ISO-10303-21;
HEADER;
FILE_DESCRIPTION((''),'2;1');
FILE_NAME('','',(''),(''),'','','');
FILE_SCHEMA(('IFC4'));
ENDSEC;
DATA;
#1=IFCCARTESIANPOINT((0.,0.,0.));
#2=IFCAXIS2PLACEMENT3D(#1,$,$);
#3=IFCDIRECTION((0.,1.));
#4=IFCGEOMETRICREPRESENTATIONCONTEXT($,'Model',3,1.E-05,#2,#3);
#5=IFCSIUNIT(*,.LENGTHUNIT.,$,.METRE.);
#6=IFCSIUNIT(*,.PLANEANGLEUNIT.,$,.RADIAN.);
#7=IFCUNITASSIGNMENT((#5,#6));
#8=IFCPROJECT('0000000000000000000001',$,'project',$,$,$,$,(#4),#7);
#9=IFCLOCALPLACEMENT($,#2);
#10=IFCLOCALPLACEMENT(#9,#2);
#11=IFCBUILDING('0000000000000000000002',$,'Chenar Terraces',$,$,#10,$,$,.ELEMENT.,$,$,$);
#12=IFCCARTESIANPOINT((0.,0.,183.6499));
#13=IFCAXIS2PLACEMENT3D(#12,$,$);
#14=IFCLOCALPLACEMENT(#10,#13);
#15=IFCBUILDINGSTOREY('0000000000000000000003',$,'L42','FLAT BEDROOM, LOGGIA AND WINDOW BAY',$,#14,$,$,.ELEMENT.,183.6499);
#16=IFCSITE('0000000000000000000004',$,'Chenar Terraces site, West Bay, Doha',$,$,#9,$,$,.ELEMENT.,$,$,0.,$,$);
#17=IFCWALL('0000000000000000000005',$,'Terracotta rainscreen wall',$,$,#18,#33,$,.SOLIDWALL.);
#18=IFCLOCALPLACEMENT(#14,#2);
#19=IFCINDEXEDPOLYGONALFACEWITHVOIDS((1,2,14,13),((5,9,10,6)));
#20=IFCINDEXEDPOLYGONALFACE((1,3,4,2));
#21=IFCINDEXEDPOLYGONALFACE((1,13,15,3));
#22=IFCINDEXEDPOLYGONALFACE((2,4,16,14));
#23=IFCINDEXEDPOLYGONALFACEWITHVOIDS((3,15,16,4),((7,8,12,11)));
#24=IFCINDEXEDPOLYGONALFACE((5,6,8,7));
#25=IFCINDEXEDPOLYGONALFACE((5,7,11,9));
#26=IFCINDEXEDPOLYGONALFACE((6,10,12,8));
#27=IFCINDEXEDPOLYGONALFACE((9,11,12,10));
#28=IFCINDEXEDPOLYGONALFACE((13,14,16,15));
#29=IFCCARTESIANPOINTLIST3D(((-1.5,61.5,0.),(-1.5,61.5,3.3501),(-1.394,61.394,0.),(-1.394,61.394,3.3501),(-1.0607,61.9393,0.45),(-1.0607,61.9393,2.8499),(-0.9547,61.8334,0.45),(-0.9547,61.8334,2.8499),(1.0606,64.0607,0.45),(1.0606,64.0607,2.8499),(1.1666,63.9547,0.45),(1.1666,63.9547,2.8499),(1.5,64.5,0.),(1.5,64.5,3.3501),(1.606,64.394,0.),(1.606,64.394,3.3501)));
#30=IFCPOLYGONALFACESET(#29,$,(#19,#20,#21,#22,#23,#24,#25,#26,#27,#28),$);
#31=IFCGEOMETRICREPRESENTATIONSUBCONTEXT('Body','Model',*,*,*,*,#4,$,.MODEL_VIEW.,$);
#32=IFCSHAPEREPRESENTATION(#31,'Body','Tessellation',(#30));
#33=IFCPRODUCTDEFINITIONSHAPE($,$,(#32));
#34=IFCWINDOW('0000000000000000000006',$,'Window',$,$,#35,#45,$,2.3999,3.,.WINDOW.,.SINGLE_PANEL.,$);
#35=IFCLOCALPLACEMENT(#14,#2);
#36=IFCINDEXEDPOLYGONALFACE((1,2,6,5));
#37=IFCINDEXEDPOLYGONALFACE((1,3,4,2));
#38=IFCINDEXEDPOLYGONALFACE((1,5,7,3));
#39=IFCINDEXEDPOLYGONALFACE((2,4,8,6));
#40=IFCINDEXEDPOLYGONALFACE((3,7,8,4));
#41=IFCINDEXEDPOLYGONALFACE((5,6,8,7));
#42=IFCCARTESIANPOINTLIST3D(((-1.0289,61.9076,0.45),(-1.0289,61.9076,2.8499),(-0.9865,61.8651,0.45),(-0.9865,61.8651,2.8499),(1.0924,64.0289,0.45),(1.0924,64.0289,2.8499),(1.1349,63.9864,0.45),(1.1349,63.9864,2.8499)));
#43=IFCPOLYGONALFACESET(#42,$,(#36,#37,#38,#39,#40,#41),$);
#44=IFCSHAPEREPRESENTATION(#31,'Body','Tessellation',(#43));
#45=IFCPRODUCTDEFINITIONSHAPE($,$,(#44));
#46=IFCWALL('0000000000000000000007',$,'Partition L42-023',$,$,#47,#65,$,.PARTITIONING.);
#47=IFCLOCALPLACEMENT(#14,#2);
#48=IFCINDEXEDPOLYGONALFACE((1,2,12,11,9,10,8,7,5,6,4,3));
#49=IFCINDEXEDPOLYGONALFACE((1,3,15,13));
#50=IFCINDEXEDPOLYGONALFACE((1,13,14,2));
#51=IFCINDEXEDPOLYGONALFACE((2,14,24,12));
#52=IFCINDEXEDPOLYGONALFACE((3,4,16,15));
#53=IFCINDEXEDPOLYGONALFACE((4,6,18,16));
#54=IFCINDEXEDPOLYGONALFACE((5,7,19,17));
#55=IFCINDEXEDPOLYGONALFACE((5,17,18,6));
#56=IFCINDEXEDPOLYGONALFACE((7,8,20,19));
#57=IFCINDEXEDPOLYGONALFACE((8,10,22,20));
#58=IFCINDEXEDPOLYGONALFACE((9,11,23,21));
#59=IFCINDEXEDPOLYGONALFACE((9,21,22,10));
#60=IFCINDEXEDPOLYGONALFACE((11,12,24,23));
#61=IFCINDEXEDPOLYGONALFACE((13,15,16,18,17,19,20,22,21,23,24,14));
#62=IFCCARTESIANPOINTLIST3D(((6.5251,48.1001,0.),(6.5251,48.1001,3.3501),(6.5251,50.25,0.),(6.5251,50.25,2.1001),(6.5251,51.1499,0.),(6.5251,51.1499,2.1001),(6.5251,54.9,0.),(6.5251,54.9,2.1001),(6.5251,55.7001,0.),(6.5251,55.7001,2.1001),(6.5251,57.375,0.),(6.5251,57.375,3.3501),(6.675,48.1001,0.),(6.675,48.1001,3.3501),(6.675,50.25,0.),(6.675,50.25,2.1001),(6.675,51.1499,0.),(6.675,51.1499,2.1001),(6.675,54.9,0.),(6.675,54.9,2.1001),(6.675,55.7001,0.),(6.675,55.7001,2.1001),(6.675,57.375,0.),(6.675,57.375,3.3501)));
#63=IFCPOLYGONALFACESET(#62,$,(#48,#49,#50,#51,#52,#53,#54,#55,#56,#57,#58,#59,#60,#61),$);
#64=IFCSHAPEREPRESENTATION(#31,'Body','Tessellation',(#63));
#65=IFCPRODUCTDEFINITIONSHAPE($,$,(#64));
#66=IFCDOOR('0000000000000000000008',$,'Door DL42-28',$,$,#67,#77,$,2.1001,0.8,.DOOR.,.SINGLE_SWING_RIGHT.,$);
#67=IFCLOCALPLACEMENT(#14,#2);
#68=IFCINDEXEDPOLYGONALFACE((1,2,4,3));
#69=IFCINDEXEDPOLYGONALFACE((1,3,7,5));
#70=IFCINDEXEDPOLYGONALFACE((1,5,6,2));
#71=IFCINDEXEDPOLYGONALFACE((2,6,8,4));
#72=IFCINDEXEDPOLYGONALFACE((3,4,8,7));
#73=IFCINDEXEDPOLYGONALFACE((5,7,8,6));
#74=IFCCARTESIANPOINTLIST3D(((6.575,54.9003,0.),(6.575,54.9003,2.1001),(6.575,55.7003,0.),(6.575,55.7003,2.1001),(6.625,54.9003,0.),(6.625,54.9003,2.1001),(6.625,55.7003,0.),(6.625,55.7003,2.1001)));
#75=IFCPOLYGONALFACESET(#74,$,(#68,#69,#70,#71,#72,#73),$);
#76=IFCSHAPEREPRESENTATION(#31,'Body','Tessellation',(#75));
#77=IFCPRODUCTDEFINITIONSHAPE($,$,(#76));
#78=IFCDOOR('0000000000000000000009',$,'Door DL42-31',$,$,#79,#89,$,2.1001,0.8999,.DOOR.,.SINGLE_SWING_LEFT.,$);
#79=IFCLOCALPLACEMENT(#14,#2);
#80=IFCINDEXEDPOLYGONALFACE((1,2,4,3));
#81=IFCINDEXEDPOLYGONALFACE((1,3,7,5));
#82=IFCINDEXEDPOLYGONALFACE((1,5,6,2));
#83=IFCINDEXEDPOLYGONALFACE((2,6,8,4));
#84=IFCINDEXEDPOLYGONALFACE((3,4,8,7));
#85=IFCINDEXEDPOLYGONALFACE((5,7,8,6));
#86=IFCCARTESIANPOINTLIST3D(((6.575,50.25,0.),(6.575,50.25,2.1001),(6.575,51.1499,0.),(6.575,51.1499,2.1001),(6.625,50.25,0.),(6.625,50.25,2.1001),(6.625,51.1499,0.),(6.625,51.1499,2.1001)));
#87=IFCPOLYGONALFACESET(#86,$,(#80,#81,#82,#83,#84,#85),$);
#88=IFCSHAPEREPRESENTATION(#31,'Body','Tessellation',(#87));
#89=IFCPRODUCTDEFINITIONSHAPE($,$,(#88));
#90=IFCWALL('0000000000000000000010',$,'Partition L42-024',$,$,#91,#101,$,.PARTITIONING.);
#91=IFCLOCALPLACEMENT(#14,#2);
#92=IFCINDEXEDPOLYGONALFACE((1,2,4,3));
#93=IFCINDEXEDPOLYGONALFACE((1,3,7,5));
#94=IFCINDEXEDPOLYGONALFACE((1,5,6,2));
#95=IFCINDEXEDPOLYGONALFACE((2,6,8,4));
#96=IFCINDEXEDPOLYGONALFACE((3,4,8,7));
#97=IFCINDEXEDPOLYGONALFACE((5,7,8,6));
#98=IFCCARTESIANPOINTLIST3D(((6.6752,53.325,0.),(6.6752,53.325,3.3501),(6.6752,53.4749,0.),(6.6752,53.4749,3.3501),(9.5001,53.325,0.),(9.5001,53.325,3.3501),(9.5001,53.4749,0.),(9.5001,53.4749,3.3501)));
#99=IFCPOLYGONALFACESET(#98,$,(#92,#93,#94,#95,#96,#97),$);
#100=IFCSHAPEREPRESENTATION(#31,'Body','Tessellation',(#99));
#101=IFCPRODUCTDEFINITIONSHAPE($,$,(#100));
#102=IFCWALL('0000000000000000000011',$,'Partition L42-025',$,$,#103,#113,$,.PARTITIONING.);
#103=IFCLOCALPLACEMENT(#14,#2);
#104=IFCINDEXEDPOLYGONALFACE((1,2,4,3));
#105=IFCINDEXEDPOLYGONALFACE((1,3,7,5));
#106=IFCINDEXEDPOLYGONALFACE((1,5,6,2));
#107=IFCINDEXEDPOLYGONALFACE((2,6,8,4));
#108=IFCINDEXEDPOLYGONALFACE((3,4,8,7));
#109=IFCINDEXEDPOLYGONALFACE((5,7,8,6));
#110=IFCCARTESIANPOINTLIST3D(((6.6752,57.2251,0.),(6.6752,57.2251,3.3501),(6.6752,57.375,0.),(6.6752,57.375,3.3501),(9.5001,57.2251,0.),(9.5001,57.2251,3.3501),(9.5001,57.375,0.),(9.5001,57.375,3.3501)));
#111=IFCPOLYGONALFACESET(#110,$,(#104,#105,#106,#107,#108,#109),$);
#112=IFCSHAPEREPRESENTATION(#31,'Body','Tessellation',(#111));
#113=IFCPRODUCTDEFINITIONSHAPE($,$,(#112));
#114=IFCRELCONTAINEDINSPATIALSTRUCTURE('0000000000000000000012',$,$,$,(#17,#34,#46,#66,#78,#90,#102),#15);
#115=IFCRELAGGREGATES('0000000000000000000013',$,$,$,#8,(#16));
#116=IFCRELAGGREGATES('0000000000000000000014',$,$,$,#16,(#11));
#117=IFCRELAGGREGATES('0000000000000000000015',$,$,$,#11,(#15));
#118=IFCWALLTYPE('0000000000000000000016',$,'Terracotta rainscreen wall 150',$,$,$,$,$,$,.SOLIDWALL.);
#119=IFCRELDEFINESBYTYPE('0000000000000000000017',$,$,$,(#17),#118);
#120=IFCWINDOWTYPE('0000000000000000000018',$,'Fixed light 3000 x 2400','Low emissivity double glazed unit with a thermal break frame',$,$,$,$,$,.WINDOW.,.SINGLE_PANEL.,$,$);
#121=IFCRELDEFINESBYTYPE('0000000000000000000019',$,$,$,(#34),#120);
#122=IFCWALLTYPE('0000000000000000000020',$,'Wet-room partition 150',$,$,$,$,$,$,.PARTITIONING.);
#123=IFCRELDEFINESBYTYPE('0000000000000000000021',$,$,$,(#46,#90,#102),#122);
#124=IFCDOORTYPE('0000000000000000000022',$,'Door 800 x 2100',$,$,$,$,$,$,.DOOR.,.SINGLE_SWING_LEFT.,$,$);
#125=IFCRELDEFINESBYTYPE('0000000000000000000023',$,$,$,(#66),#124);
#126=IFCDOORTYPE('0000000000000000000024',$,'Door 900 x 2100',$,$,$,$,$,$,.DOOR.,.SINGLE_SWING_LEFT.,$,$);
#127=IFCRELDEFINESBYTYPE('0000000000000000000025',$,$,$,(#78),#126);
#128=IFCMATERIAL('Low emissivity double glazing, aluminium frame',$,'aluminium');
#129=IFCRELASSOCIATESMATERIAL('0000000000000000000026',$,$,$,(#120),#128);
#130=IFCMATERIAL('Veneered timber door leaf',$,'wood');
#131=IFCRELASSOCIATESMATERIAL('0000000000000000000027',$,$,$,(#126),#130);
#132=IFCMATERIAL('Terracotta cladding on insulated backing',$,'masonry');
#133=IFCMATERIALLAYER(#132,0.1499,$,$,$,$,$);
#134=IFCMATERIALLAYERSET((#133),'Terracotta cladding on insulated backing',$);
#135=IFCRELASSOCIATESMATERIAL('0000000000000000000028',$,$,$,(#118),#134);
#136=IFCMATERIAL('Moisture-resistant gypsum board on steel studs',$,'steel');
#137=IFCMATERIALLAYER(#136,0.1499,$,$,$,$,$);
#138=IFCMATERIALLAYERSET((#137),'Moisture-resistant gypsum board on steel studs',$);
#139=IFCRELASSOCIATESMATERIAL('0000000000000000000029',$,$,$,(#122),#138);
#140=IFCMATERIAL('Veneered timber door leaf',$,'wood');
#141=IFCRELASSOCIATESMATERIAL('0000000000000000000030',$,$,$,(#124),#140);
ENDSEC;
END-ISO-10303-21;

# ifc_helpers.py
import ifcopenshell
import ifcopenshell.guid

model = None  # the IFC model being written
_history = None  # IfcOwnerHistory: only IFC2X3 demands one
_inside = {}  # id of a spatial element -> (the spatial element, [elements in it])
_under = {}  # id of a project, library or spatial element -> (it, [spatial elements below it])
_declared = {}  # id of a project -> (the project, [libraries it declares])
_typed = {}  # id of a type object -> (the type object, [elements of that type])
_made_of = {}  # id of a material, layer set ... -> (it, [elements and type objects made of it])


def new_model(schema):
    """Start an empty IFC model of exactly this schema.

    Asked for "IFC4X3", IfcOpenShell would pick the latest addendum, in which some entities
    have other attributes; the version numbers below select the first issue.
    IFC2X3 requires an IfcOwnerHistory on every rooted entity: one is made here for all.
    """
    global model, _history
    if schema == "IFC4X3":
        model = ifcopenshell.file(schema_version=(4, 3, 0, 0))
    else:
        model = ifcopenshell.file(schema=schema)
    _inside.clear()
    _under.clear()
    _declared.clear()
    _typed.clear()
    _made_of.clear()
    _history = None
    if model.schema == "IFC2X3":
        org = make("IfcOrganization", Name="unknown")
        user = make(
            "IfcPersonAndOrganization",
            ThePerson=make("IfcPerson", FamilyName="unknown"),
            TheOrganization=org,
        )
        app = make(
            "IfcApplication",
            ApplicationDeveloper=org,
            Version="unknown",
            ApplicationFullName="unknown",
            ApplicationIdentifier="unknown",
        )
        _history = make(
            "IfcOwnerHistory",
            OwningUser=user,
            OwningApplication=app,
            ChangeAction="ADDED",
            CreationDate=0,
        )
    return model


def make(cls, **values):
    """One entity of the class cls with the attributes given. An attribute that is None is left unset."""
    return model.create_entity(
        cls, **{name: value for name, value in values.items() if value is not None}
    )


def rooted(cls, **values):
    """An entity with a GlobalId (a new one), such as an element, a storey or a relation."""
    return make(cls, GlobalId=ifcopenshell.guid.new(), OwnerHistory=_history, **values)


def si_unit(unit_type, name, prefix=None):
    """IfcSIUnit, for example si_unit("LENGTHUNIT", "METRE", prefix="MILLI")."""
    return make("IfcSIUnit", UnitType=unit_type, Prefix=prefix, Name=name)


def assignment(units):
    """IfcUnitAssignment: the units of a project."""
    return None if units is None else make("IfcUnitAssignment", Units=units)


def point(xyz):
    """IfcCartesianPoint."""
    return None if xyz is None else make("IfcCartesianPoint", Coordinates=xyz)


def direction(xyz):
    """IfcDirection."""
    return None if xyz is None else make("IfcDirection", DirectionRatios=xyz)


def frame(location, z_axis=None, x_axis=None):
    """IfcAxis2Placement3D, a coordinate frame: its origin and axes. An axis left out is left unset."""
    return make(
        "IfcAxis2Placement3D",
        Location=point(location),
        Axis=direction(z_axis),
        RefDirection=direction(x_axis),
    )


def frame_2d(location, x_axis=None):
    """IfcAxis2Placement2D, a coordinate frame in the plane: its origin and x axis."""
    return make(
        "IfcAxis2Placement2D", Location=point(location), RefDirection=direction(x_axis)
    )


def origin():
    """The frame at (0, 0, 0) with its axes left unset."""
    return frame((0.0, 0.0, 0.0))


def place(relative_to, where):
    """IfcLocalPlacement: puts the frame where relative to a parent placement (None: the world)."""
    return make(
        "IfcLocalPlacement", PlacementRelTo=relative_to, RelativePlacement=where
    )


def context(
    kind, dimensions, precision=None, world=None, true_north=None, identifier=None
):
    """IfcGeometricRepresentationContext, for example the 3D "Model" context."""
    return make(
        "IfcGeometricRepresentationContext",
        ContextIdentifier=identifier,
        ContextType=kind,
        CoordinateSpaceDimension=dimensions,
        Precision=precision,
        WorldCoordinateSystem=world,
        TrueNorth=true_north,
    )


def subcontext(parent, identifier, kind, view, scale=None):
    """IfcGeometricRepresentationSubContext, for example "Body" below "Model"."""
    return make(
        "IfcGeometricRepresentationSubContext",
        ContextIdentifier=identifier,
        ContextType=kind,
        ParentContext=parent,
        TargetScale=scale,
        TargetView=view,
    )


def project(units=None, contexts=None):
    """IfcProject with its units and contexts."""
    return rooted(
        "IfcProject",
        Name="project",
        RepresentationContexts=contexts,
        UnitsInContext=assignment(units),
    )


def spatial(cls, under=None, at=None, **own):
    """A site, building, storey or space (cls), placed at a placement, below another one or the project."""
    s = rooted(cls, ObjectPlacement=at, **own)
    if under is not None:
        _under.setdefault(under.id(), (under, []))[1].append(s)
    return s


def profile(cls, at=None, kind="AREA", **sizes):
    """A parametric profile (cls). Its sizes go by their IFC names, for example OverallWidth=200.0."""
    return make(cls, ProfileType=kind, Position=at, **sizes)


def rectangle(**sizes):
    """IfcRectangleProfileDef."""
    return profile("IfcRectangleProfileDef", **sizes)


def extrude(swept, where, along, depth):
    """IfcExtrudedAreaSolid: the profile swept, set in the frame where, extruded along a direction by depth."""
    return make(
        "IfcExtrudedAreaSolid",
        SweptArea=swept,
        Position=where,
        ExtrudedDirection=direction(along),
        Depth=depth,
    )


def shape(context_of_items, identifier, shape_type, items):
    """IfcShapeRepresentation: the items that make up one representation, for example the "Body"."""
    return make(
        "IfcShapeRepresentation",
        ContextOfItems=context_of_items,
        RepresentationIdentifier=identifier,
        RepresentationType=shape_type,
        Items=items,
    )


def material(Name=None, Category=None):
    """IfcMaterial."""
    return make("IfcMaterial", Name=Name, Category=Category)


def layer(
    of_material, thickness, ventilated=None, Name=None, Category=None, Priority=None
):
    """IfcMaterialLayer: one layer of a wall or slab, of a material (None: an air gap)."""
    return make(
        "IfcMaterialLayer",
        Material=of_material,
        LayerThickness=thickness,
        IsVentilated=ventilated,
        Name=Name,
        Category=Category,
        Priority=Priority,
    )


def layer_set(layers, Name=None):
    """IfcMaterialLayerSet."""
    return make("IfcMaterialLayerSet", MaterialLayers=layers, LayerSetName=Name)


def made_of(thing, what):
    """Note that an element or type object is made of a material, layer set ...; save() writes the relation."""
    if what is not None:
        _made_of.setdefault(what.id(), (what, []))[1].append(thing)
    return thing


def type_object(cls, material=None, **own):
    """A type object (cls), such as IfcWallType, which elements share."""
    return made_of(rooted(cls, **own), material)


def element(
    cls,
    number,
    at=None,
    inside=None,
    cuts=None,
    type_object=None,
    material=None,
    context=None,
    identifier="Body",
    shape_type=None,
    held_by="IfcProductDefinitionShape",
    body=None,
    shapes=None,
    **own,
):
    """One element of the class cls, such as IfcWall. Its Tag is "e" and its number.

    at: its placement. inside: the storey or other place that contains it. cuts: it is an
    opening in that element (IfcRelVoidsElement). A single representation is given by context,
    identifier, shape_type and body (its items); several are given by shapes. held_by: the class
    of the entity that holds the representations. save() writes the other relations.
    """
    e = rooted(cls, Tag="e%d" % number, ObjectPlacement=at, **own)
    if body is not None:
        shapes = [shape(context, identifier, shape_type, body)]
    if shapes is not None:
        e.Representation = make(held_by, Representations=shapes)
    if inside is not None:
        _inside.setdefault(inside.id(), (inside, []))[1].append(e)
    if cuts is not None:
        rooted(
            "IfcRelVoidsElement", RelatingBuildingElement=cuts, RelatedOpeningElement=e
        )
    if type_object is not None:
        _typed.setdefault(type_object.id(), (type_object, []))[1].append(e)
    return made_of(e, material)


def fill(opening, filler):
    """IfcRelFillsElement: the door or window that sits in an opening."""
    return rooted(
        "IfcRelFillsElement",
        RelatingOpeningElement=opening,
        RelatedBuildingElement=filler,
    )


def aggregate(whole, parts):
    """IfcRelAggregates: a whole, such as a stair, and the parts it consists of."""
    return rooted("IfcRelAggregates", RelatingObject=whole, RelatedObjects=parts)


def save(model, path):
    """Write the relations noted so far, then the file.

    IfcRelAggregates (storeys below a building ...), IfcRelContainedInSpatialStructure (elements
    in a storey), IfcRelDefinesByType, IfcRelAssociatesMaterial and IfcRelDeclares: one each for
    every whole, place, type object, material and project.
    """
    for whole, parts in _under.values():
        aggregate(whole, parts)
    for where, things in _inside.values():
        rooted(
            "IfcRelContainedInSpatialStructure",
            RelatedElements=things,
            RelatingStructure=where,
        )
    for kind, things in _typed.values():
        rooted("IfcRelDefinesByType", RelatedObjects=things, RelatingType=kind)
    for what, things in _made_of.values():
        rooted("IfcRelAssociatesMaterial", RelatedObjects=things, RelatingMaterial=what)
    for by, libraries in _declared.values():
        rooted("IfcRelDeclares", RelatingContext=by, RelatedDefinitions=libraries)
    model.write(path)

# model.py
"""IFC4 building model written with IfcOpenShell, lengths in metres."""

from ifc_helpers import new_model, si_unit, direction, frame, frame_2d, origin, place, context, subcontext, project, spatial, rectangle, extrude, material, layer, layer_set, type_object, element, fill, save


model = new_model("IFC4")

# Units and contexts
model_context = context("Model", 3, precision=1e-05, world=origin(), true_north=direction((0.0, 1.0)))
body_context = subcontext(model_context, "Body", "Model", "MODEL_VIEW")
ifc_project = project(units=[si_unit("LENGTHUNIT", "METRE"), si_unit("PLANEANGLEUNIT", "RADIAN")], contexts=[model_context])

# Site, building, storey
site_placement = place(None, origin())
site = spatial("IfcSite", under=ifc_project, at=site_placement, Name="Chenar Terraces site, West Bay, Doha", CompositionType="ELEMENT", RefElevation=0.0)
building_placement = place(site_placement, origin())
building = spatial("IfcBuilding", under=site, at=building_placement, Name="Chenar Terraces", CompositionType="ELEMENT")
storey_placement = place(building_placement, frame((0.0, 0.0, 183.6499)))
storey = spatial("IfcBuildingStorey", under=building, at=storey_placement, Name="L42", Description="FLAT BEDROOM, LOGGIA AND WINDOW BAY", CompositionType="ELEMENT", Elevation=183.6499)

# Shared definitions
ifc_material_1 = material(Name="Low emissivity double glazing, aluminium frame", Category="aluminium")
window_type_1 = type_object("IfcWindowType", Name="Fixed light 3000 x 2400", Description="Low emissivity double glazed unit with a thermal break frame", PartitioningType="SINGLE_PANEL", PredefinedType="WINDOW", material=ifc_material_1)

# Shared definitions
ifc_material_2 = material(Name="Veneered timber door leaf", Category="wood")
door_type_1 = type_object("IfcDoorType", Name="Door 900 x 2100", OperationType="SINGLE_SWING_LEFT", PredefinedType="DOOR", material=ifc_material_2)

# Wall, opening, window
ifc_material_3 = material(Name="Terracotta cladding on insulated backing", Category="masonry")
ifc_layer_1 = layer(ifc_material_3, 0.1499)
ifc_layer_set_1 = layer_set([ifc_layer_1], Name="Terracotta cladding on insulated backing")
wall_type_1 = type_object("IfcWallType", Name="Terracotta rainscreen wall 150", PredefinedType="SOLIDWALL", material=ifc_layer_set_1)
wall_1_placement = place(storey_placement, frame((1.553, 64.447, 0.0), z_axis=(0.0, 0.0, 1.0), x_axis=(-0.707107, -0.707107, 0.0)))
wall_1 = element("IfcWall", 1, at=wall_1_placement, inside=storey, type_object=wall_type_1, Name="Terracotta rainscreen wall", PredefinedType="SOLIDWALL", context=body_context, shape_type="SweptSolid", body=[
    extrude(rectangle(XDim=4.2427, YDim=0.1499, at=frame_2d((2.1213, 0.0))), origin(), (0.0, 0.0, 1.0), 3.3501),
])
opening_1_placement = place(wall_1_placement, frame((0.6213, 0.0, 0.45)))
opening_1 = element("IfcOpeningElement", 2, at=opening_1_placement, cuts=wall_1, PredefinedType="OPENING", context=body_context, shape_type="SweptSolid", body=[
    extrude(rectangle(XDim=3.0, YDim=2.3999, at=frame_2d((1.5, 1.2))), frame((0.0, 0.085, 0.0), z_axis=(0.0, -1.0, 0.0), x_axis=(1.0, 0.0, 0.0)), (0.0, 0.0, 1.0), 0.1699),
])
window_1_placement = place(opening_1_placement, origin())
window_1 = element("IfcWindow", 3, at=window_1_placement, inside=storey, type_object=window_type_1, Name="Window", OverallHeight=2.3999, OverallWidth=3.0, PartitioningType="SINGLE_PANEL", PredefinedType="WINDOW", context=body_context, shape_type="SweptSolid", body=[
    extrude(rectangle(XDim=3.0, YDim=2.3999, at=frame_2d((1.5, 1.2))), frame((0.0, 0.03, 0.0), z_axis=(0.0, -1.0, 0.0), x_axis=(1.0, 0.0, 0.0)), (0.0, 0.0, 1.0), 0.0601),
])
fill(opening_1, window_1)

# Wall, openings, doors
ifc_material_4 = material(Name="Moisture-resistant gypsum board on steel studs", Category="steel")
ifc_layer_2 = layer(ifc_material_4, 0.1499)
ifc_layer_set_2 = layer_set([ifc_layer_2], Name="Moisture-resistant gypsum board on steel studs")
wall_type_2 = type_object("IfcWallType", Name="Wet-room partition 150", PredefinedType="PARTITIONING", material=ifc_layer_set_2)
wall_2_placement = place(storey_placement, frame((6.6001, 48.1001, 0.0), z_axis=(0.0, 0.0, 1.0), x_axis=(0.0, 1.0, 0.0)))
wall_2 = element("IfcWall", 4, at=wall_2_placement, inside=storey, type_object=wall_type_2, Name="Partition L42-023", PredefinedType="PARTITIONING", context=body_context, shape_type="SweptSolid", body=[
    extrude(rectangle(XDim=9.2749, YDim=0.1499, at=frame_2d((4.6375, 0.0))), origin(), (0.0, 0.0, 1.0), 3.3501),
])
opening_2_placement = place(wall_2_placement, frame((6.8, 0.0, 0.0)))
opening_2 = element("IfcOpeningElement", 5, at=opening_2_placement, cuts=wall_2, PredefinedType="OPENING", context=body_context, shape_type="SweptSolid", body=[
    extrude(rectangle(XDim=0.8, YDim=2.1001, at=frame_2d((0.3999, 1.05))), frame((0.0, 0.085, 0.0), z_axis=(0.0, -1.0, 0.0), x_axis=(1.0, 0.0, 0.0)), (0.0, 0.0, 1.0), 0.1699),
])
opening_3_placement = place(wall_2_placement, frame((2.1499, 0.0, 0.0)))
opening_3 = element("IfcOpeningElement", 6, at=opening_3_placement, cuts=wall_2, PredefinedType="OPENING", context=body_context, shape_type="SweptSolid", body=[
    extrude(rectangle(XDim=0.8999, YDim=2.1001, at=frame_2d((0.45, 1.05))), frame((0.0, 0.085, 0.0), z_axis=(0.0, -1.0, 0.0), x_axis=(1.0, 0.0, 0.0)), (0.0, 0.0, 1.0), 0.1699),
])
ifc_material_5 = material(Name="Veneered timber door leaf", Category="wood")
door_type_2 = type_object("IfcDoorType", Name="Door 800 x 2100", OperationType="SINGLE_SWING_LEFT", PredefinedType="DOOR", material=ifc_material_5)
door_1_placement = place(opening_2_placement, frame((0.8, 0.0, 0.0), z_axis=(0.0, 0.0, 1.0), x_axis=(-1.0, 0.0, 0.0)))
door_1 = element("IfcDoor", 7, at=door_1_placement, inside=storey, type_object=door_type_2, Name="Door DL42-28", OperationType="SINGLE_SWING_RIGHT", OverallHeight=2.1001, OverallWidth=0.8, PredefinedType="DOOR", context=body_context, shape_type="SweptSolid", body=[
    extrude(rectangle(XDim=0.8, YDim=2.1001, at=frame_2d((0.3999, 1.05))), frame((0.0, 0.0249, 0.0), z_axis=(0.0, -1.0, 0.0), x_axis=(1.0, 0.0, 0.0)), (0.0, 0.0, 1.0), 0.05),
])
fill(opening_2, door_1)
door_2_placement = place(opening_3_placement, frame((0.8999, 0.0, 0.0), z_axis=(0.0, 0.0, 1.0), x_axis=(-1.0, 0.0, 0.0)))
door_2 = element("IfcDoor", 8, at=door_2_placement, inside=storey, type_object=door_type_1, Name="Door DL42-31", OperationType="SINGLE_SWING_LEFT", OverallHeight=2.1001, OverallWidth=0.8999, PredefinedType="DOOR", context=body_context, shape_type="SweptSolid", body=[
    extrude(rectangle(XDim=0.8999, YDim=2.1001, at=frame_2d((0.45, 1.05))), frame((0.0, 0.0249, 0.0), z_axis=(0.0, -1.0, 0.0), x_axis=(1.0, 0.0, 0.0)), (0.0, 0.0, 1.0), 0.05),
])
fill(opening_3, door_2)

# Walls
for number, where, z_axis, x_axis, name in (
    (9, (6.675, 53.3999, 0.0), (0.0, 0.0, 1.0), (1.0, 0.0, 0.0), "Partition L42-024"),
    (10, (6.675, 57.3, 0.0), (0.0, 0.0, 1.0), (1.0, 0.0, 0.0), "Partition L42-025"),
):
    element("IfcWall", number, at=place(storey_placement, frame(where, z_axis=z_axis, x_axis=x_axis)), inside=storey, type_object=wall_type_2, Name=name, PredefinedType="PARTITIONING", context=body_context, shape_type="SweptSolid", body=[
        extrude(rectangle(XDim=2.825, YDim=0.1499, at=frame_2d((1.4126, 0.0))), origin(), (0.0, 0.0, 1.0), 3.3501),
    ])

save(model, "model.ifc")
